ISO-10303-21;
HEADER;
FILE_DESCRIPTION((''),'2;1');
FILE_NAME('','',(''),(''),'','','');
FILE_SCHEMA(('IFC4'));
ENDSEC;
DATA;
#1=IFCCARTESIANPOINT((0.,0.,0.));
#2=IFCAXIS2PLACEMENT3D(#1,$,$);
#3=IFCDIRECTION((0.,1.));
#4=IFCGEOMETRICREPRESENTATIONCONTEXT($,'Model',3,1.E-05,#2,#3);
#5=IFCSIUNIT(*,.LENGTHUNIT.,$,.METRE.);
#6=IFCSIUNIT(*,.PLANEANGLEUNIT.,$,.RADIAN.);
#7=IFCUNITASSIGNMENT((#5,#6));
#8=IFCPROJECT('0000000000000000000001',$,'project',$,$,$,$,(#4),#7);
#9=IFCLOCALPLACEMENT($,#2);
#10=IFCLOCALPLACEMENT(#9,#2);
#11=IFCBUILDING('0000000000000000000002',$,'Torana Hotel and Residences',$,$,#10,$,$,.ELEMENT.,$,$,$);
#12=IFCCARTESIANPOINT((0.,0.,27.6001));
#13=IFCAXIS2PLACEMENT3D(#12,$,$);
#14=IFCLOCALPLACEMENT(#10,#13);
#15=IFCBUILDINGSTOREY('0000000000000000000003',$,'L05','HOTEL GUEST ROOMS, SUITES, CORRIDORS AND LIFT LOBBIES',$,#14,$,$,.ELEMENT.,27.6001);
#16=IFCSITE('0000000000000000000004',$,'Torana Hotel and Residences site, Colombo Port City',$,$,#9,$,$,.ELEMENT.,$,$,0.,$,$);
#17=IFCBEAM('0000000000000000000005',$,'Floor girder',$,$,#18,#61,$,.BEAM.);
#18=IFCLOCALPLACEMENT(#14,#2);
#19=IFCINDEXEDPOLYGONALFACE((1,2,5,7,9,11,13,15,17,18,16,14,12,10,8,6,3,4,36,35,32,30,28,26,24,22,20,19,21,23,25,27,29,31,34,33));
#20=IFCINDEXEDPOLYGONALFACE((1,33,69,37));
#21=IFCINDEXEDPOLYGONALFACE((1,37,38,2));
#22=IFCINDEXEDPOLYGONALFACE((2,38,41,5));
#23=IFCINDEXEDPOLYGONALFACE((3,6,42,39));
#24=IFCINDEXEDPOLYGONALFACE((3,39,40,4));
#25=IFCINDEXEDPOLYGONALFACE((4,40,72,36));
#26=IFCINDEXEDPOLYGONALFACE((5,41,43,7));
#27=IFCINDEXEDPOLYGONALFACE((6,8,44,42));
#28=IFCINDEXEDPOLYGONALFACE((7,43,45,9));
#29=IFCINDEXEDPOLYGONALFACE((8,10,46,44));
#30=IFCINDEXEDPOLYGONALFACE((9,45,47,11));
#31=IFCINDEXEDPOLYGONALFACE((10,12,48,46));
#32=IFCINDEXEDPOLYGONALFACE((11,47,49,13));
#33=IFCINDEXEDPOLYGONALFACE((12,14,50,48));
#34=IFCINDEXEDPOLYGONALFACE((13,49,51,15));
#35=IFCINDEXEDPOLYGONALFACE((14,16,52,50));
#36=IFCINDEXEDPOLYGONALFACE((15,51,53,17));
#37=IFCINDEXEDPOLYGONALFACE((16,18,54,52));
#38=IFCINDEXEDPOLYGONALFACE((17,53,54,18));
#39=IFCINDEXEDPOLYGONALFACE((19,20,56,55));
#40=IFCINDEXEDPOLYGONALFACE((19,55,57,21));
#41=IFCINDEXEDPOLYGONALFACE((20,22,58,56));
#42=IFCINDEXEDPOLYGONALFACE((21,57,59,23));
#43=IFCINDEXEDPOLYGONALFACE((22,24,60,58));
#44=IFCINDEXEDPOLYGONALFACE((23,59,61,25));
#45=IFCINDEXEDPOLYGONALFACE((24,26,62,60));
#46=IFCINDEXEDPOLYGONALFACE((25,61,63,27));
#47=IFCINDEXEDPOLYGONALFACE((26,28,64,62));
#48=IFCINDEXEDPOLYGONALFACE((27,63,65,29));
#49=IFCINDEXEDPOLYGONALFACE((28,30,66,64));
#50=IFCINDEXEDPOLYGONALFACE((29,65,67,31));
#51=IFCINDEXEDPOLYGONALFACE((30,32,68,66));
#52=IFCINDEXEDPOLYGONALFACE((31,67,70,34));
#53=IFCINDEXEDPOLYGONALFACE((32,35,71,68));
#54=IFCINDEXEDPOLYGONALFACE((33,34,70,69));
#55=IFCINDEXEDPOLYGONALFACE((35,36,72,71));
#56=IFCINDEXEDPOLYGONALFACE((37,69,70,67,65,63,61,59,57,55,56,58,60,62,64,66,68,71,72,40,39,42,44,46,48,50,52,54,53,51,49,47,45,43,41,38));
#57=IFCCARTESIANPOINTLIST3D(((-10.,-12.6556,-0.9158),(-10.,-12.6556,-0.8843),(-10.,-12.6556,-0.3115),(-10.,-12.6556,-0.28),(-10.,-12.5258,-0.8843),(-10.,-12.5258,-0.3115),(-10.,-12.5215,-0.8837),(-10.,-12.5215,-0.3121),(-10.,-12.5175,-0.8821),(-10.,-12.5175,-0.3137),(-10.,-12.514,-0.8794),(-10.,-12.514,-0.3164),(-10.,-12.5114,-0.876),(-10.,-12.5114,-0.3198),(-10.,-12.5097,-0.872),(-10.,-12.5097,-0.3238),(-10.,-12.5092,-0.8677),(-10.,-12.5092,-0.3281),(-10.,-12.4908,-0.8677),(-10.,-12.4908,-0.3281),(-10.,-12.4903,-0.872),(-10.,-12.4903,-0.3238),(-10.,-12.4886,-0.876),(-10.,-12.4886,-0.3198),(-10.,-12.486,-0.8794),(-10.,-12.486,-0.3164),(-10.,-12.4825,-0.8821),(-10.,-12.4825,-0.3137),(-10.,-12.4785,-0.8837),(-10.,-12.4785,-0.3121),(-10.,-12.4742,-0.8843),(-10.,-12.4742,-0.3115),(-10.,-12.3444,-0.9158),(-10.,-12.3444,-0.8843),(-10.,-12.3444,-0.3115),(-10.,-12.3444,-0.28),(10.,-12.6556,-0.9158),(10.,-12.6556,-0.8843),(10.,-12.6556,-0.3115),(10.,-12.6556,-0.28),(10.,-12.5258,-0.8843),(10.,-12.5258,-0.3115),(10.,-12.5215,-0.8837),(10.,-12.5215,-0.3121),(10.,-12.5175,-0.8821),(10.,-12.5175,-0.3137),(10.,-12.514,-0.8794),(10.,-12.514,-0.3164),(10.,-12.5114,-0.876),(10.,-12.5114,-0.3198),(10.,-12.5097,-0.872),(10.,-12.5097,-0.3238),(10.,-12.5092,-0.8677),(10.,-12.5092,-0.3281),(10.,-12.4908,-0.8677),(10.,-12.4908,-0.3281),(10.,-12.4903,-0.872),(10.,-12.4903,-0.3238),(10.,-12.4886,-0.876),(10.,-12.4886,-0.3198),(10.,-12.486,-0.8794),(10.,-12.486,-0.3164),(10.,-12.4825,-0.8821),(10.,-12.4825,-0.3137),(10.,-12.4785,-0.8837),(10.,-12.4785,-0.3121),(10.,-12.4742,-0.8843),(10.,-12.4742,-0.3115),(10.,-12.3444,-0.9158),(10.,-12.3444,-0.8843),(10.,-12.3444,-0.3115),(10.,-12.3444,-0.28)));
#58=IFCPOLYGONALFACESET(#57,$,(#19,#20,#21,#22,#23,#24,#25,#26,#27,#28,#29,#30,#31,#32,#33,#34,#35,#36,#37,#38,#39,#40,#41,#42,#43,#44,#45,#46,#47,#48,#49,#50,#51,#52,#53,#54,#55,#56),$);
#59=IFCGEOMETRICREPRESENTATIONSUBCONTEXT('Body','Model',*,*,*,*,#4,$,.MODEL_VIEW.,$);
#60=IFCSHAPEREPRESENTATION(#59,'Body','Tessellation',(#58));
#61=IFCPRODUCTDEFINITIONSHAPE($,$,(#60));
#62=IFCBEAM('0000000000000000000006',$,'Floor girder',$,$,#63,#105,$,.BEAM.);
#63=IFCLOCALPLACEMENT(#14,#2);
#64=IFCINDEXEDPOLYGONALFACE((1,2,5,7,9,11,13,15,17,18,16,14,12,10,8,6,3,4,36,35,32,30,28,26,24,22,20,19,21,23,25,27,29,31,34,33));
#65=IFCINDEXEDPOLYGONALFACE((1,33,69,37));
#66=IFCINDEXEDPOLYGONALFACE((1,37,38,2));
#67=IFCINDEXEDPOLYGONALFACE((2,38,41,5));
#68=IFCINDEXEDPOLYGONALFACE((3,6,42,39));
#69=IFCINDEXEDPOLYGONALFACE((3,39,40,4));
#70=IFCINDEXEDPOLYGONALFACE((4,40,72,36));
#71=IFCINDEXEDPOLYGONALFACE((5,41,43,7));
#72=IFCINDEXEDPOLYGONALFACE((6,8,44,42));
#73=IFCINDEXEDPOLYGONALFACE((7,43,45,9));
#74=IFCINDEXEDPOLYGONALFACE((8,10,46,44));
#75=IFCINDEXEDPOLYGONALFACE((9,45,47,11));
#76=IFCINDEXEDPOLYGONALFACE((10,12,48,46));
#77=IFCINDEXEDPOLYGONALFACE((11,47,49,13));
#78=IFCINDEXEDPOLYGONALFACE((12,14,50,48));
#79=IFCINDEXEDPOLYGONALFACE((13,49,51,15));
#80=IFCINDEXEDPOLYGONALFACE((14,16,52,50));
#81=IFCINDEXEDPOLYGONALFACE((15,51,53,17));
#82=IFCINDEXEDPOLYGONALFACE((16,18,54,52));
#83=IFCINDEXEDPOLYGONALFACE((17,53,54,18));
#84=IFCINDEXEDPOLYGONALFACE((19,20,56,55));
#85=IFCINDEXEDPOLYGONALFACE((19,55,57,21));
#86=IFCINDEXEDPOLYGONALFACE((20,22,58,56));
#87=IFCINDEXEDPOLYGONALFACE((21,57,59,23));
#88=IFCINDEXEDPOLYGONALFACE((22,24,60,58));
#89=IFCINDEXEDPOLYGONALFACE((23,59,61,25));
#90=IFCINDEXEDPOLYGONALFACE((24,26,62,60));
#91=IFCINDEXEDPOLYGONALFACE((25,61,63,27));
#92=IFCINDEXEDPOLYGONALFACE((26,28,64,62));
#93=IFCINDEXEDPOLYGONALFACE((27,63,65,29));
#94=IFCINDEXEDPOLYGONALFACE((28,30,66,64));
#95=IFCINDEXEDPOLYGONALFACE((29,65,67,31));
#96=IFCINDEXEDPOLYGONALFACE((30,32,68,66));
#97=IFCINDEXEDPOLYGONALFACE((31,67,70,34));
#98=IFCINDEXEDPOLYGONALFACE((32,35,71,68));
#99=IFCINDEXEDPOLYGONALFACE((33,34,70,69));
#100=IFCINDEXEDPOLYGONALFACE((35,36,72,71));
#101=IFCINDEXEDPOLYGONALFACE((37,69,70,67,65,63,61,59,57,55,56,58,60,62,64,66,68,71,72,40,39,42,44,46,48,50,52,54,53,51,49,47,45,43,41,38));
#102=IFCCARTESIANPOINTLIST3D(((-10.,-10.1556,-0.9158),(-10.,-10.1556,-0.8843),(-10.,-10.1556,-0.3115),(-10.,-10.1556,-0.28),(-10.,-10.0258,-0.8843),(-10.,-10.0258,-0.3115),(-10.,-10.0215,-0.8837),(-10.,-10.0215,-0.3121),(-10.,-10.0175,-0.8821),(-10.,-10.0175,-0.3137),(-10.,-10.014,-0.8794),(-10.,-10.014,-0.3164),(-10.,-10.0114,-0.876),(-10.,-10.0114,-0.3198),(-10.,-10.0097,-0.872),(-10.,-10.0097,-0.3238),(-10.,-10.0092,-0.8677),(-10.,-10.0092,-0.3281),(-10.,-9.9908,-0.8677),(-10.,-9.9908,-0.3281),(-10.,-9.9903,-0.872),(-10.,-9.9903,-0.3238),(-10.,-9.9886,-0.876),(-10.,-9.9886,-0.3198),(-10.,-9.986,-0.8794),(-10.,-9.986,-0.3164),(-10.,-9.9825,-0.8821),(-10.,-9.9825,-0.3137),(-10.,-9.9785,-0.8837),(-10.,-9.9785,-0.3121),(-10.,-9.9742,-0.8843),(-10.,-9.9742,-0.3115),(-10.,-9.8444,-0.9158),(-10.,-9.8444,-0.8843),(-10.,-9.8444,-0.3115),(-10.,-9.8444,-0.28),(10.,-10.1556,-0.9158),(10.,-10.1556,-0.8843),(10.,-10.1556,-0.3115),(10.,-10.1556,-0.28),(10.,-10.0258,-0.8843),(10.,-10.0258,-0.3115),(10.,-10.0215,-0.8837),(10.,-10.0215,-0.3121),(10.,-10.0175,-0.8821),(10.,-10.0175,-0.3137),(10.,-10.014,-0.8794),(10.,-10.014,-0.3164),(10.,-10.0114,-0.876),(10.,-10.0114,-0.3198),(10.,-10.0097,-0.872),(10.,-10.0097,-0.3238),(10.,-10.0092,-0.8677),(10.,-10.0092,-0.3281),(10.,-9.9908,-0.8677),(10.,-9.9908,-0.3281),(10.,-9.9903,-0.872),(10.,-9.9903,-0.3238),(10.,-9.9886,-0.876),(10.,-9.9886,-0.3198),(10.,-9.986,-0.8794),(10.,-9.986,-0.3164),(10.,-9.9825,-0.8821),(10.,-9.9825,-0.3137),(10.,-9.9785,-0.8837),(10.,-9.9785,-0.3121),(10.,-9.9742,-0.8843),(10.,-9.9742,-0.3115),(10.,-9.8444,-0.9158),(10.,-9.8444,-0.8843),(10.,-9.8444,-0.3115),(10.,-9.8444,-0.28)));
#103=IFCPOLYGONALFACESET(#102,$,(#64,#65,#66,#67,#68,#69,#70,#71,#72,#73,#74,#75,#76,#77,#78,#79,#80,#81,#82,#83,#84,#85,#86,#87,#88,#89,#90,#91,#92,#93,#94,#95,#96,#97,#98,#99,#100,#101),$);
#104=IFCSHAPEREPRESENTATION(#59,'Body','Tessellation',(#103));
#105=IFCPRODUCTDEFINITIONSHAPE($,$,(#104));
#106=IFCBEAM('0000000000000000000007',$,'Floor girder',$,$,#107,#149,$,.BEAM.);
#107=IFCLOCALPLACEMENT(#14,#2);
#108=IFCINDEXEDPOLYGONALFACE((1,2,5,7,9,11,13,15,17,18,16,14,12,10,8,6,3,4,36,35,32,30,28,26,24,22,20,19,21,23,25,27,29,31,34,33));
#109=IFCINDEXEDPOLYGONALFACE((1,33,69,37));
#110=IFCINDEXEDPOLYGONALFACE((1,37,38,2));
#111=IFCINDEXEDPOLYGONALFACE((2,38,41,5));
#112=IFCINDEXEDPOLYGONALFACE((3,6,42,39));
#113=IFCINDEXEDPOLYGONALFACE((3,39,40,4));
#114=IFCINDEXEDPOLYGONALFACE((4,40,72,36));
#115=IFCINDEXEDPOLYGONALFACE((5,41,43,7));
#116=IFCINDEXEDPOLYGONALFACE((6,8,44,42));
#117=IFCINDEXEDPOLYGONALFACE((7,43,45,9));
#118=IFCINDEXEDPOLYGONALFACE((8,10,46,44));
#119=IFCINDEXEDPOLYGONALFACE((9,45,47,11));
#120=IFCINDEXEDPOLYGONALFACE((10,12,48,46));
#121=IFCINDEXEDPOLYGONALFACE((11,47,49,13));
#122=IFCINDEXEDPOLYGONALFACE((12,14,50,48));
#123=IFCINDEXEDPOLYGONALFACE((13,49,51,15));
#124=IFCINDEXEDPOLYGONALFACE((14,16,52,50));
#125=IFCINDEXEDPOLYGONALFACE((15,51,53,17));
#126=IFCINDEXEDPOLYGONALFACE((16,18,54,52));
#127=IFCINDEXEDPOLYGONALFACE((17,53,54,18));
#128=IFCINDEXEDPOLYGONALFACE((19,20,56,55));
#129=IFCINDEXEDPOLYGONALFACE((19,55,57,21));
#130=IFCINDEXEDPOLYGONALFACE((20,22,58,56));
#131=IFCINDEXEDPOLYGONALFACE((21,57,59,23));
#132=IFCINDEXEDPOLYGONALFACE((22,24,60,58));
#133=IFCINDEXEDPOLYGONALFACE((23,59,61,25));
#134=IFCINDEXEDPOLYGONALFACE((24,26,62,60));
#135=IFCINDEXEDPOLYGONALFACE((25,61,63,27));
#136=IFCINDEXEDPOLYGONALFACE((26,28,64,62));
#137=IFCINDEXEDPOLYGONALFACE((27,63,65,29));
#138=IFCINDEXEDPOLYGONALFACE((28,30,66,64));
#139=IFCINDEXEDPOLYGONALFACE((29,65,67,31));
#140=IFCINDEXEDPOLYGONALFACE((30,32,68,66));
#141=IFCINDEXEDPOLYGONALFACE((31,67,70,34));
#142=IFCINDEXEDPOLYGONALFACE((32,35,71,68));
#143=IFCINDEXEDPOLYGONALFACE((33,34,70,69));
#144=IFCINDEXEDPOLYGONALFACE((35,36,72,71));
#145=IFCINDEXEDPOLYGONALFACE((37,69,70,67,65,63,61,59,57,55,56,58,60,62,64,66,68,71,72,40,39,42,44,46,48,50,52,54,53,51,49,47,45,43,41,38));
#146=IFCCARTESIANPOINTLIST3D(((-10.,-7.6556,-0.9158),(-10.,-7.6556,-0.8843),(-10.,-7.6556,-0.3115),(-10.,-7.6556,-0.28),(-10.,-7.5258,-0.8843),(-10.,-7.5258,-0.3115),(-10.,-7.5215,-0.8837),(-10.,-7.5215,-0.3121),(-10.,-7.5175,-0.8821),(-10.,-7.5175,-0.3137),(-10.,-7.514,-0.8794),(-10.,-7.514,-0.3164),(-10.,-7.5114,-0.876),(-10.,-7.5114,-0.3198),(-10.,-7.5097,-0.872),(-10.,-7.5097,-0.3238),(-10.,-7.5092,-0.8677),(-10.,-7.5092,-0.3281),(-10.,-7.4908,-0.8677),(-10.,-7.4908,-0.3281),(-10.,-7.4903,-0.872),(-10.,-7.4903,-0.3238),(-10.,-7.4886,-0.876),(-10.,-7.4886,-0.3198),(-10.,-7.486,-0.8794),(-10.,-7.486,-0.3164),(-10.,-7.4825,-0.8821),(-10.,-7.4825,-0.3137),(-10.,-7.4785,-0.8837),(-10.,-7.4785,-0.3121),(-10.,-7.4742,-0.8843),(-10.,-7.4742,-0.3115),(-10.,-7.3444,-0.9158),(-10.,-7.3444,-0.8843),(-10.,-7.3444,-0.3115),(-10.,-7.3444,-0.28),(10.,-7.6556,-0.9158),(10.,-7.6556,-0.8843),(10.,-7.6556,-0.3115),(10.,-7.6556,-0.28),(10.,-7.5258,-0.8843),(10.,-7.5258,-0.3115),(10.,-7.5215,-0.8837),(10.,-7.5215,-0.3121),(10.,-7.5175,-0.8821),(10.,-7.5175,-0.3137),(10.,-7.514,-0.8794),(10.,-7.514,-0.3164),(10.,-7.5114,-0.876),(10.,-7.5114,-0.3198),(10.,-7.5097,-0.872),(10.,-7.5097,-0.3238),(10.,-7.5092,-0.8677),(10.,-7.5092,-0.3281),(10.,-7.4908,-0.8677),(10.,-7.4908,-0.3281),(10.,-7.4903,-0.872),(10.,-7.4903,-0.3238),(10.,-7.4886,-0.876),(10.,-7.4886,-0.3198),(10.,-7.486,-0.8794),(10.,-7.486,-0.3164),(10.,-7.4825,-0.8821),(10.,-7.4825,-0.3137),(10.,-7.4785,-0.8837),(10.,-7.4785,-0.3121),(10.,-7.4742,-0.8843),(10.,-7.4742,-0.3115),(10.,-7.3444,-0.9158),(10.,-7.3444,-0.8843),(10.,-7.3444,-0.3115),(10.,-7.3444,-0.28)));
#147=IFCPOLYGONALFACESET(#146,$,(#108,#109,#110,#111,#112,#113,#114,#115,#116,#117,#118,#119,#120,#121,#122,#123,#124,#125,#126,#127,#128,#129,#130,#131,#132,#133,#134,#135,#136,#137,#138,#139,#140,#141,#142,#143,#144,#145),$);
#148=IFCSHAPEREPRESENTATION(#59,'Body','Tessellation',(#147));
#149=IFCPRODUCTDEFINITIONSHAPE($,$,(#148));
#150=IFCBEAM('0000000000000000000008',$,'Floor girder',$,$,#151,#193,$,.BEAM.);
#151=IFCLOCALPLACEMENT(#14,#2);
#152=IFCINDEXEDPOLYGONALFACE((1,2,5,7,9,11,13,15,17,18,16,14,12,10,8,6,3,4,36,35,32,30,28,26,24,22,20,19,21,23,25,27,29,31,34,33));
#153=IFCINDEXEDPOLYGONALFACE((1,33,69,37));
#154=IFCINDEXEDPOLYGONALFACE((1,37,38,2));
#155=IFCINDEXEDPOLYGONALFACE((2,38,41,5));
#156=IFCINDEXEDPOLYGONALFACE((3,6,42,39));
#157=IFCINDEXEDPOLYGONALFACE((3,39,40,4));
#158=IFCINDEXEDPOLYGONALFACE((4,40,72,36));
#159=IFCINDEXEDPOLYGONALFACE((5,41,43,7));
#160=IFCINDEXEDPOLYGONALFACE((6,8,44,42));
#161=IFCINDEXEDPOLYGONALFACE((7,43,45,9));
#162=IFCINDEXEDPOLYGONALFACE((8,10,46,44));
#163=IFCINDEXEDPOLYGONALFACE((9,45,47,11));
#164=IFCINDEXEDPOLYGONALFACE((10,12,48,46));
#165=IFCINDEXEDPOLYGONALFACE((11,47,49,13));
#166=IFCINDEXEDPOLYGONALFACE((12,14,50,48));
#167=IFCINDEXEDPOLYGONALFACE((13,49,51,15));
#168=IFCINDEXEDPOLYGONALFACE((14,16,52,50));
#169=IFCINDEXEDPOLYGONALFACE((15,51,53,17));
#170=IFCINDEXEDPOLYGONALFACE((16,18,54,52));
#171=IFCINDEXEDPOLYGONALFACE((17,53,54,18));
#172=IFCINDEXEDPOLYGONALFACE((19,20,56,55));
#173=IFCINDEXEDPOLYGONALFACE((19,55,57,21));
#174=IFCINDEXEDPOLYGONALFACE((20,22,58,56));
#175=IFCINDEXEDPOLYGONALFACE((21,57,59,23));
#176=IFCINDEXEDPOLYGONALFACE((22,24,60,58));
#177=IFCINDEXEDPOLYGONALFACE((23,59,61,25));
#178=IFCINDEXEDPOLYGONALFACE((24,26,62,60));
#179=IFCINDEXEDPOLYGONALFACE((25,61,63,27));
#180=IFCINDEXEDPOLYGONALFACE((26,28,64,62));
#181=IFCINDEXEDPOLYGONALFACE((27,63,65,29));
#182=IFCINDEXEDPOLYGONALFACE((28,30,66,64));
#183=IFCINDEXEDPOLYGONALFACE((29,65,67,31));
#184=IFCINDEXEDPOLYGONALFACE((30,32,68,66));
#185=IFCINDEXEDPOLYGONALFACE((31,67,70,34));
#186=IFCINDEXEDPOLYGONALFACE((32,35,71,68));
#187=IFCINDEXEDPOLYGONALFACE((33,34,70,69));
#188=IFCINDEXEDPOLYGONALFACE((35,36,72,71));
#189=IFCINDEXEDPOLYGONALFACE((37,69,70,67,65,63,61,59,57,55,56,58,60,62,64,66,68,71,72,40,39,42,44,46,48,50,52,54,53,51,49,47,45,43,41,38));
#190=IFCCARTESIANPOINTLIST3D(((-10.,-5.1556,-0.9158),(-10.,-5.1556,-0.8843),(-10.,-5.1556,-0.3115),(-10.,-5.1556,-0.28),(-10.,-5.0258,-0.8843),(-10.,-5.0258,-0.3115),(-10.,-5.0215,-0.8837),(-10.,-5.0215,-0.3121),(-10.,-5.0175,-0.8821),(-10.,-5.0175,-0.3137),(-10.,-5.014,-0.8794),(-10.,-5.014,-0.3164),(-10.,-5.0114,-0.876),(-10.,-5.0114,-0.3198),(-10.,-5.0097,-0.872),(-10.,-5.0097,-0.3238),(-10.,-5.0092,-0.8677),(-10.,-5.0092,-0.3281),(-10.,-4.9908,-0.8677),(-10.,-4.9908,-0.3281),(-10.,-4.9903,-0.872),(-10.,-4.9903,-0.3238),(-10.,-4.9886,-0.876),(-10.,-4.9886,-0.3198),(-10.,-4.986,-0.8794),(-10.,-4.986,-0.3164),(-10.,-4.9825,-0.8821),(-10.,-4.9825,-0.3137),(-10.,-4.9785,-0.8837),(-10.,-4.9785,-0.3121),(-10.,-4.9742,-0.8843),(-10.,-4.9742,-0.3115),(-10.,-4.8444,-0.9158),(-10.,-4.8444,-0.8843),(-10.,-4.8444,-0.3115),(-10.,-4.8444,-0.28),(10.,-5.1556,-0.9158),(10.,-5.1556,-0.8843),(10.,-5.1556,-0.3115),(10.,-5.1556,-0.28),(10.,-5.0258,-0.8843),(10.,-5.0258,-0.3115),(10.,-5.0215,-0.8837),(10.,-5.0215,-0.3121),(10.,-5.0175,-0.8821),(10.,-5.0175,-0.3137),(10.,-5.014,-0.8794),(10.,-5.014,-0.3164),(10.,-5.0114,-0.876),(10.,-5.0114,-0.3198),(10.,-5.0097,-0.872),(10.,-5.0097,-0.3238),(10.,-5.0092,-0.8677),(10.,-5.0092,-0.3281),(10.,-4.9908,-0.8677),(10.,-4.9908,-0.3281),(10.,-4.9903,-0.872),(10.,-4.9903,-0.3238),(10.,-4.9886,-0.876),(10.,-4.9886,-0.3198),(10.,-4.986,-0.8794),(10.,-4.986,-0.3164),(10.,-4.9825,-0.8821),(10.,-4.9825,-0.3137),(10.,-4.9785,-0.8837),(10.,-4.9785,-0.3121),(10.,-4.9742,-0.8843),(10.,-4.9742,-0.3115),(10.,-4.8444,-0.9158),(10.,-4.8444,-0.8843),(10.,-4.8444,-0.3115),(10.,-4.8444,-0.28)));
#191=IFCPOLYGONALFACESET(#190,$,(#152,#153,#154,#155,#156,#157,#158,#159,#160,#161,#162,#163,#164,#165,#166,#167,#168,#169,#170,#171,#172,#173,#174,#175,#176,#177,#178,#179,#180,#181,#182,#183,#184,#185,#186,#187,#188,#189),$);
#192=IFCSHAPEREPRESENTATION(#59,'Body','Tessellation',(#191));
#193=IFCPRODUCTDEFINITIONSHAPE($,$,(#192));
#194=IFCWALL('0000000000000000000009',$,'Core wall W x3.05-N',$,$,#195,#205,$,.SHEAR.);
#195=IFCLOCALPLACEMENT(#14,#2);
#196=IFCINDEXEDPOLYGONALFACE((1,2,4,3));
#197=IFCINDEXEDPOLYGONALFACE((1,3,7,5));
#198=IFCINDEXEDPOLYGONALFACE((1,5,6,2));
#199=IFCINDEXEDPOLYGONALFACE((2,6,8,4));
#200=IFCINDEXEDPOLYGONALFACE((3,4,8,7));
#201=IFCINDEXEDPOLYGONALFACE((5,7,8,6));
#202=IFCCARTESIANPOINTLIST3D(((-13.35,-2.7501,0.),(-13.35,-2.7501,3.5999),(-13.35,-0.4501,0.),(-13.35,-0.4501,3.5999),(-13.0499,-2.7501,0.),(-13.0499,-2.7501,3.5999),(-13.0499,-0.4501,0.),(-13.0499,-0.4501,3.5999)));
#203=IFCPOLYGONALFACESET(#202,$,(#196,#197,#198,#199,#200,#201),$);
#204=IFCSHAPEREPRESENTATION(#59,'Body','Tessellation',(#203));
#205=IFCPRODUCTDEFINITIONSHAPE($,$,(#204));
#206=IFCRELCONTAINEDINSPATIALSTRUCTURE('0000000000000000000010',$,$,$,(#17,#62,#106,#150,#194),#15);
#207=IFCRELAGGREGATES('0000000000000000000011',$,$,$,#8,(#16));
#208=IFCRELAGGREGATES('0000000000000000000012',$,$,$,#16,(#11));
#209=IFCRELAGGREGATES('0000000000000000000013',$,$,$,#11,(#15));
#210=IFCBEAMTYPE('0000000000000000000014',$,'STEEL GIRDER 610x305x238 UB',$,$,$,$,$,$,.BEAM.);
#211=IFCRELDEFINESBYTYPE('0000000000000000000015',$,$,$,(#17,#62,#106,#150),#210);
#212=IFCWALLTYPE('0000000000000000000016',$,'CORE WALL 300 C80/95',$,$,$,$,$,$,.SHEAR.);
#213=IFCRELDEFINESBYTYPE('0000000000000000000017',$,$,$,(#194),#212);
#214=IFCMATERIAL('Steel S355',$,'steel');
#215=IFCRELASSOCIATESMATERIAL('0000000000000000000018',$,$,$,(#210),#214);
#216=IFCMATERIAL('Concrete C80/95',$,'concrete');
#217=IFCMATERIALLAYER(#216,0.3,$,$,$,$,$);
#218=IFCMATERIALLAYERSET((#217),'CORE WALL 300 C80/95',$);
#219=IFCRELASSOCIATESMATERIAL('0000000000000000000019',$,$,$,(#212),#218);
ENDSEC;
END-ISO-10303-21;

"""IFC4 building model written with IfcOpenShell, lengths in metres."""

from ifc_helpers import new_model, si_unit, direction, frame, frame_2d, origin, origin_2d, place, context, subcontext, project, spatial, rectangle, i_section, extrude, material, layer, layer_set, material_profile, profile_set, type_object, element, save


model = new_model("IFC4")

# Units and contexts
model_context = context("Model", 3, precision=1e-05, world=origin(), true_north=direction((0.0, 1.0)))
body_context = subcontext(model_context, "Body", "Model", "MODEL_VIEW")
ifc_project = project(units=[si_unit("LENGTHUNIT", "METRE"), si_unit("PLANEANGLEUNIT", "RADIAN")], contexts=[model_context])

# Site, building, storey
site_placement = place(None, origin())
site = spatial("IfcSite", under=ifc_project, at=site_placement, Name="Torana Hotel and Residences site, Colombo Port City", CompositionType="ELEMENT", RefElevation=0.0)
building_placement = place(site_placement, origin())
building = spatial("IfcBuilding", under=site, at=building_placement, Name="Torana Hotel and Residences", CompositionType="ELEMENT")
storey_placement = place(building_placement, frame((0.0, 0.0, 27.6001)))
storey = spatial("IfcBuildingStorey", under=building, at=storey_placement, Name="L05", Description="HOTEL GUEST ROOMS, SUITES, CORRIDORS AND LIFT LOBBIES", CompositionType="ELEMENT", Elevation=27.6001)

# Beams
ifc_material_1 = material(Name="Steel S355", Category="steel")
ifc_material_profile = material_profile(ifc_material_1, i_section(OverallWidth=0.3113, OverallDepth=0.6357, WebThickness=0.0183, FlangeThickness=0.0315, FilletRadius=0.0166, at=origin_2d()), Name="610x305x238 UB")
ifc_profile_set = profile_set([ifc_material_profile], Name="Steel S355")
beam_type = type_object("IfcBeamType", Name="STEEL GIRDER 610x305x238 UB", PredefinedType="BEAM", material=ifc_profile_set)
for number, where, z_axis, x_axis, name in (
    (1, (-10.0, -12.5, -0.5979), (1.0, 0.0, 0.0), (0.0, 1.0, 0.0), "Floor girder"),
    (2, (-10.0, -10.0, -0.5979), (1.0, 0.0, 0.0), (0.0, 1.0, 0.0), "Floor girder"),
    (3, (-10.0, -7.5, -0.5979), (1.0, 0.0, 0.0), (0.0, 1.0, 0.0), "Floor girder"),
    (4, (-10.0, -5.0, -0.5979), (1.0, 0.0, 0.0), (0.0, 1.0, 0.0), "Floor girder"),
):
    element("IfcBeam", number, at=place(storey_placement, frame(where, z_axis=z_axis, x_axis=x_axis)), inside=storey, type_object=beam_type, Name=name, PredefinedType="BEAM", context=body_context, shape_type="SweptSolid", body=[
        extrude(i_section(OverallWidth=0.3113, OverallDepth=0.6357, WebThickness=0.0183, FlangeThickness=0.0315, FilletRadius=0.0166, at=origin_2d()), origin(), (0.0, 0.0, 1.0), 20.0),
    ])

# Wall
ifc_material_2 = material(Name="Concrete C80/95", Category="concrete")
ifc_layer_1 = layer(ifc_material_2, 0.3)
ifc_layer_set_1 = layer_set([ifc_layer_1], Name="CORE WALL 300 C80/95")
wall_type_1 = type_object("IfcWallType", Name="CORE WALL 300 C80/95", PredefinedType="SHEAR", material=ifc_layer_set_1)
for number, where, z_axis, x_axis, name in (
    (5, (-13.2, -2.75, 0.0), (0.0, 0.0, 1.0), (0.0, 1.0, 0.0), "Core wall W x3.05-N"),
):
    element("IfcWall", number, at=place(storey_placement, frame(where, z_axis=z_axis, x_axis=x_axis)), inside=storey, type_object=wall_type_1, Name=name, PredefinedType="SHEAR", context=body_context, shape_type="SweptSolid", body=[
        extrude(rectangle(XDim=2.3, YDim=0.3, at=frame_2d((1.1499, 0.0))), origin(), (0.0, 0.0, 1.0), 3.5999),
    ])

save(model, "model.ifc")
